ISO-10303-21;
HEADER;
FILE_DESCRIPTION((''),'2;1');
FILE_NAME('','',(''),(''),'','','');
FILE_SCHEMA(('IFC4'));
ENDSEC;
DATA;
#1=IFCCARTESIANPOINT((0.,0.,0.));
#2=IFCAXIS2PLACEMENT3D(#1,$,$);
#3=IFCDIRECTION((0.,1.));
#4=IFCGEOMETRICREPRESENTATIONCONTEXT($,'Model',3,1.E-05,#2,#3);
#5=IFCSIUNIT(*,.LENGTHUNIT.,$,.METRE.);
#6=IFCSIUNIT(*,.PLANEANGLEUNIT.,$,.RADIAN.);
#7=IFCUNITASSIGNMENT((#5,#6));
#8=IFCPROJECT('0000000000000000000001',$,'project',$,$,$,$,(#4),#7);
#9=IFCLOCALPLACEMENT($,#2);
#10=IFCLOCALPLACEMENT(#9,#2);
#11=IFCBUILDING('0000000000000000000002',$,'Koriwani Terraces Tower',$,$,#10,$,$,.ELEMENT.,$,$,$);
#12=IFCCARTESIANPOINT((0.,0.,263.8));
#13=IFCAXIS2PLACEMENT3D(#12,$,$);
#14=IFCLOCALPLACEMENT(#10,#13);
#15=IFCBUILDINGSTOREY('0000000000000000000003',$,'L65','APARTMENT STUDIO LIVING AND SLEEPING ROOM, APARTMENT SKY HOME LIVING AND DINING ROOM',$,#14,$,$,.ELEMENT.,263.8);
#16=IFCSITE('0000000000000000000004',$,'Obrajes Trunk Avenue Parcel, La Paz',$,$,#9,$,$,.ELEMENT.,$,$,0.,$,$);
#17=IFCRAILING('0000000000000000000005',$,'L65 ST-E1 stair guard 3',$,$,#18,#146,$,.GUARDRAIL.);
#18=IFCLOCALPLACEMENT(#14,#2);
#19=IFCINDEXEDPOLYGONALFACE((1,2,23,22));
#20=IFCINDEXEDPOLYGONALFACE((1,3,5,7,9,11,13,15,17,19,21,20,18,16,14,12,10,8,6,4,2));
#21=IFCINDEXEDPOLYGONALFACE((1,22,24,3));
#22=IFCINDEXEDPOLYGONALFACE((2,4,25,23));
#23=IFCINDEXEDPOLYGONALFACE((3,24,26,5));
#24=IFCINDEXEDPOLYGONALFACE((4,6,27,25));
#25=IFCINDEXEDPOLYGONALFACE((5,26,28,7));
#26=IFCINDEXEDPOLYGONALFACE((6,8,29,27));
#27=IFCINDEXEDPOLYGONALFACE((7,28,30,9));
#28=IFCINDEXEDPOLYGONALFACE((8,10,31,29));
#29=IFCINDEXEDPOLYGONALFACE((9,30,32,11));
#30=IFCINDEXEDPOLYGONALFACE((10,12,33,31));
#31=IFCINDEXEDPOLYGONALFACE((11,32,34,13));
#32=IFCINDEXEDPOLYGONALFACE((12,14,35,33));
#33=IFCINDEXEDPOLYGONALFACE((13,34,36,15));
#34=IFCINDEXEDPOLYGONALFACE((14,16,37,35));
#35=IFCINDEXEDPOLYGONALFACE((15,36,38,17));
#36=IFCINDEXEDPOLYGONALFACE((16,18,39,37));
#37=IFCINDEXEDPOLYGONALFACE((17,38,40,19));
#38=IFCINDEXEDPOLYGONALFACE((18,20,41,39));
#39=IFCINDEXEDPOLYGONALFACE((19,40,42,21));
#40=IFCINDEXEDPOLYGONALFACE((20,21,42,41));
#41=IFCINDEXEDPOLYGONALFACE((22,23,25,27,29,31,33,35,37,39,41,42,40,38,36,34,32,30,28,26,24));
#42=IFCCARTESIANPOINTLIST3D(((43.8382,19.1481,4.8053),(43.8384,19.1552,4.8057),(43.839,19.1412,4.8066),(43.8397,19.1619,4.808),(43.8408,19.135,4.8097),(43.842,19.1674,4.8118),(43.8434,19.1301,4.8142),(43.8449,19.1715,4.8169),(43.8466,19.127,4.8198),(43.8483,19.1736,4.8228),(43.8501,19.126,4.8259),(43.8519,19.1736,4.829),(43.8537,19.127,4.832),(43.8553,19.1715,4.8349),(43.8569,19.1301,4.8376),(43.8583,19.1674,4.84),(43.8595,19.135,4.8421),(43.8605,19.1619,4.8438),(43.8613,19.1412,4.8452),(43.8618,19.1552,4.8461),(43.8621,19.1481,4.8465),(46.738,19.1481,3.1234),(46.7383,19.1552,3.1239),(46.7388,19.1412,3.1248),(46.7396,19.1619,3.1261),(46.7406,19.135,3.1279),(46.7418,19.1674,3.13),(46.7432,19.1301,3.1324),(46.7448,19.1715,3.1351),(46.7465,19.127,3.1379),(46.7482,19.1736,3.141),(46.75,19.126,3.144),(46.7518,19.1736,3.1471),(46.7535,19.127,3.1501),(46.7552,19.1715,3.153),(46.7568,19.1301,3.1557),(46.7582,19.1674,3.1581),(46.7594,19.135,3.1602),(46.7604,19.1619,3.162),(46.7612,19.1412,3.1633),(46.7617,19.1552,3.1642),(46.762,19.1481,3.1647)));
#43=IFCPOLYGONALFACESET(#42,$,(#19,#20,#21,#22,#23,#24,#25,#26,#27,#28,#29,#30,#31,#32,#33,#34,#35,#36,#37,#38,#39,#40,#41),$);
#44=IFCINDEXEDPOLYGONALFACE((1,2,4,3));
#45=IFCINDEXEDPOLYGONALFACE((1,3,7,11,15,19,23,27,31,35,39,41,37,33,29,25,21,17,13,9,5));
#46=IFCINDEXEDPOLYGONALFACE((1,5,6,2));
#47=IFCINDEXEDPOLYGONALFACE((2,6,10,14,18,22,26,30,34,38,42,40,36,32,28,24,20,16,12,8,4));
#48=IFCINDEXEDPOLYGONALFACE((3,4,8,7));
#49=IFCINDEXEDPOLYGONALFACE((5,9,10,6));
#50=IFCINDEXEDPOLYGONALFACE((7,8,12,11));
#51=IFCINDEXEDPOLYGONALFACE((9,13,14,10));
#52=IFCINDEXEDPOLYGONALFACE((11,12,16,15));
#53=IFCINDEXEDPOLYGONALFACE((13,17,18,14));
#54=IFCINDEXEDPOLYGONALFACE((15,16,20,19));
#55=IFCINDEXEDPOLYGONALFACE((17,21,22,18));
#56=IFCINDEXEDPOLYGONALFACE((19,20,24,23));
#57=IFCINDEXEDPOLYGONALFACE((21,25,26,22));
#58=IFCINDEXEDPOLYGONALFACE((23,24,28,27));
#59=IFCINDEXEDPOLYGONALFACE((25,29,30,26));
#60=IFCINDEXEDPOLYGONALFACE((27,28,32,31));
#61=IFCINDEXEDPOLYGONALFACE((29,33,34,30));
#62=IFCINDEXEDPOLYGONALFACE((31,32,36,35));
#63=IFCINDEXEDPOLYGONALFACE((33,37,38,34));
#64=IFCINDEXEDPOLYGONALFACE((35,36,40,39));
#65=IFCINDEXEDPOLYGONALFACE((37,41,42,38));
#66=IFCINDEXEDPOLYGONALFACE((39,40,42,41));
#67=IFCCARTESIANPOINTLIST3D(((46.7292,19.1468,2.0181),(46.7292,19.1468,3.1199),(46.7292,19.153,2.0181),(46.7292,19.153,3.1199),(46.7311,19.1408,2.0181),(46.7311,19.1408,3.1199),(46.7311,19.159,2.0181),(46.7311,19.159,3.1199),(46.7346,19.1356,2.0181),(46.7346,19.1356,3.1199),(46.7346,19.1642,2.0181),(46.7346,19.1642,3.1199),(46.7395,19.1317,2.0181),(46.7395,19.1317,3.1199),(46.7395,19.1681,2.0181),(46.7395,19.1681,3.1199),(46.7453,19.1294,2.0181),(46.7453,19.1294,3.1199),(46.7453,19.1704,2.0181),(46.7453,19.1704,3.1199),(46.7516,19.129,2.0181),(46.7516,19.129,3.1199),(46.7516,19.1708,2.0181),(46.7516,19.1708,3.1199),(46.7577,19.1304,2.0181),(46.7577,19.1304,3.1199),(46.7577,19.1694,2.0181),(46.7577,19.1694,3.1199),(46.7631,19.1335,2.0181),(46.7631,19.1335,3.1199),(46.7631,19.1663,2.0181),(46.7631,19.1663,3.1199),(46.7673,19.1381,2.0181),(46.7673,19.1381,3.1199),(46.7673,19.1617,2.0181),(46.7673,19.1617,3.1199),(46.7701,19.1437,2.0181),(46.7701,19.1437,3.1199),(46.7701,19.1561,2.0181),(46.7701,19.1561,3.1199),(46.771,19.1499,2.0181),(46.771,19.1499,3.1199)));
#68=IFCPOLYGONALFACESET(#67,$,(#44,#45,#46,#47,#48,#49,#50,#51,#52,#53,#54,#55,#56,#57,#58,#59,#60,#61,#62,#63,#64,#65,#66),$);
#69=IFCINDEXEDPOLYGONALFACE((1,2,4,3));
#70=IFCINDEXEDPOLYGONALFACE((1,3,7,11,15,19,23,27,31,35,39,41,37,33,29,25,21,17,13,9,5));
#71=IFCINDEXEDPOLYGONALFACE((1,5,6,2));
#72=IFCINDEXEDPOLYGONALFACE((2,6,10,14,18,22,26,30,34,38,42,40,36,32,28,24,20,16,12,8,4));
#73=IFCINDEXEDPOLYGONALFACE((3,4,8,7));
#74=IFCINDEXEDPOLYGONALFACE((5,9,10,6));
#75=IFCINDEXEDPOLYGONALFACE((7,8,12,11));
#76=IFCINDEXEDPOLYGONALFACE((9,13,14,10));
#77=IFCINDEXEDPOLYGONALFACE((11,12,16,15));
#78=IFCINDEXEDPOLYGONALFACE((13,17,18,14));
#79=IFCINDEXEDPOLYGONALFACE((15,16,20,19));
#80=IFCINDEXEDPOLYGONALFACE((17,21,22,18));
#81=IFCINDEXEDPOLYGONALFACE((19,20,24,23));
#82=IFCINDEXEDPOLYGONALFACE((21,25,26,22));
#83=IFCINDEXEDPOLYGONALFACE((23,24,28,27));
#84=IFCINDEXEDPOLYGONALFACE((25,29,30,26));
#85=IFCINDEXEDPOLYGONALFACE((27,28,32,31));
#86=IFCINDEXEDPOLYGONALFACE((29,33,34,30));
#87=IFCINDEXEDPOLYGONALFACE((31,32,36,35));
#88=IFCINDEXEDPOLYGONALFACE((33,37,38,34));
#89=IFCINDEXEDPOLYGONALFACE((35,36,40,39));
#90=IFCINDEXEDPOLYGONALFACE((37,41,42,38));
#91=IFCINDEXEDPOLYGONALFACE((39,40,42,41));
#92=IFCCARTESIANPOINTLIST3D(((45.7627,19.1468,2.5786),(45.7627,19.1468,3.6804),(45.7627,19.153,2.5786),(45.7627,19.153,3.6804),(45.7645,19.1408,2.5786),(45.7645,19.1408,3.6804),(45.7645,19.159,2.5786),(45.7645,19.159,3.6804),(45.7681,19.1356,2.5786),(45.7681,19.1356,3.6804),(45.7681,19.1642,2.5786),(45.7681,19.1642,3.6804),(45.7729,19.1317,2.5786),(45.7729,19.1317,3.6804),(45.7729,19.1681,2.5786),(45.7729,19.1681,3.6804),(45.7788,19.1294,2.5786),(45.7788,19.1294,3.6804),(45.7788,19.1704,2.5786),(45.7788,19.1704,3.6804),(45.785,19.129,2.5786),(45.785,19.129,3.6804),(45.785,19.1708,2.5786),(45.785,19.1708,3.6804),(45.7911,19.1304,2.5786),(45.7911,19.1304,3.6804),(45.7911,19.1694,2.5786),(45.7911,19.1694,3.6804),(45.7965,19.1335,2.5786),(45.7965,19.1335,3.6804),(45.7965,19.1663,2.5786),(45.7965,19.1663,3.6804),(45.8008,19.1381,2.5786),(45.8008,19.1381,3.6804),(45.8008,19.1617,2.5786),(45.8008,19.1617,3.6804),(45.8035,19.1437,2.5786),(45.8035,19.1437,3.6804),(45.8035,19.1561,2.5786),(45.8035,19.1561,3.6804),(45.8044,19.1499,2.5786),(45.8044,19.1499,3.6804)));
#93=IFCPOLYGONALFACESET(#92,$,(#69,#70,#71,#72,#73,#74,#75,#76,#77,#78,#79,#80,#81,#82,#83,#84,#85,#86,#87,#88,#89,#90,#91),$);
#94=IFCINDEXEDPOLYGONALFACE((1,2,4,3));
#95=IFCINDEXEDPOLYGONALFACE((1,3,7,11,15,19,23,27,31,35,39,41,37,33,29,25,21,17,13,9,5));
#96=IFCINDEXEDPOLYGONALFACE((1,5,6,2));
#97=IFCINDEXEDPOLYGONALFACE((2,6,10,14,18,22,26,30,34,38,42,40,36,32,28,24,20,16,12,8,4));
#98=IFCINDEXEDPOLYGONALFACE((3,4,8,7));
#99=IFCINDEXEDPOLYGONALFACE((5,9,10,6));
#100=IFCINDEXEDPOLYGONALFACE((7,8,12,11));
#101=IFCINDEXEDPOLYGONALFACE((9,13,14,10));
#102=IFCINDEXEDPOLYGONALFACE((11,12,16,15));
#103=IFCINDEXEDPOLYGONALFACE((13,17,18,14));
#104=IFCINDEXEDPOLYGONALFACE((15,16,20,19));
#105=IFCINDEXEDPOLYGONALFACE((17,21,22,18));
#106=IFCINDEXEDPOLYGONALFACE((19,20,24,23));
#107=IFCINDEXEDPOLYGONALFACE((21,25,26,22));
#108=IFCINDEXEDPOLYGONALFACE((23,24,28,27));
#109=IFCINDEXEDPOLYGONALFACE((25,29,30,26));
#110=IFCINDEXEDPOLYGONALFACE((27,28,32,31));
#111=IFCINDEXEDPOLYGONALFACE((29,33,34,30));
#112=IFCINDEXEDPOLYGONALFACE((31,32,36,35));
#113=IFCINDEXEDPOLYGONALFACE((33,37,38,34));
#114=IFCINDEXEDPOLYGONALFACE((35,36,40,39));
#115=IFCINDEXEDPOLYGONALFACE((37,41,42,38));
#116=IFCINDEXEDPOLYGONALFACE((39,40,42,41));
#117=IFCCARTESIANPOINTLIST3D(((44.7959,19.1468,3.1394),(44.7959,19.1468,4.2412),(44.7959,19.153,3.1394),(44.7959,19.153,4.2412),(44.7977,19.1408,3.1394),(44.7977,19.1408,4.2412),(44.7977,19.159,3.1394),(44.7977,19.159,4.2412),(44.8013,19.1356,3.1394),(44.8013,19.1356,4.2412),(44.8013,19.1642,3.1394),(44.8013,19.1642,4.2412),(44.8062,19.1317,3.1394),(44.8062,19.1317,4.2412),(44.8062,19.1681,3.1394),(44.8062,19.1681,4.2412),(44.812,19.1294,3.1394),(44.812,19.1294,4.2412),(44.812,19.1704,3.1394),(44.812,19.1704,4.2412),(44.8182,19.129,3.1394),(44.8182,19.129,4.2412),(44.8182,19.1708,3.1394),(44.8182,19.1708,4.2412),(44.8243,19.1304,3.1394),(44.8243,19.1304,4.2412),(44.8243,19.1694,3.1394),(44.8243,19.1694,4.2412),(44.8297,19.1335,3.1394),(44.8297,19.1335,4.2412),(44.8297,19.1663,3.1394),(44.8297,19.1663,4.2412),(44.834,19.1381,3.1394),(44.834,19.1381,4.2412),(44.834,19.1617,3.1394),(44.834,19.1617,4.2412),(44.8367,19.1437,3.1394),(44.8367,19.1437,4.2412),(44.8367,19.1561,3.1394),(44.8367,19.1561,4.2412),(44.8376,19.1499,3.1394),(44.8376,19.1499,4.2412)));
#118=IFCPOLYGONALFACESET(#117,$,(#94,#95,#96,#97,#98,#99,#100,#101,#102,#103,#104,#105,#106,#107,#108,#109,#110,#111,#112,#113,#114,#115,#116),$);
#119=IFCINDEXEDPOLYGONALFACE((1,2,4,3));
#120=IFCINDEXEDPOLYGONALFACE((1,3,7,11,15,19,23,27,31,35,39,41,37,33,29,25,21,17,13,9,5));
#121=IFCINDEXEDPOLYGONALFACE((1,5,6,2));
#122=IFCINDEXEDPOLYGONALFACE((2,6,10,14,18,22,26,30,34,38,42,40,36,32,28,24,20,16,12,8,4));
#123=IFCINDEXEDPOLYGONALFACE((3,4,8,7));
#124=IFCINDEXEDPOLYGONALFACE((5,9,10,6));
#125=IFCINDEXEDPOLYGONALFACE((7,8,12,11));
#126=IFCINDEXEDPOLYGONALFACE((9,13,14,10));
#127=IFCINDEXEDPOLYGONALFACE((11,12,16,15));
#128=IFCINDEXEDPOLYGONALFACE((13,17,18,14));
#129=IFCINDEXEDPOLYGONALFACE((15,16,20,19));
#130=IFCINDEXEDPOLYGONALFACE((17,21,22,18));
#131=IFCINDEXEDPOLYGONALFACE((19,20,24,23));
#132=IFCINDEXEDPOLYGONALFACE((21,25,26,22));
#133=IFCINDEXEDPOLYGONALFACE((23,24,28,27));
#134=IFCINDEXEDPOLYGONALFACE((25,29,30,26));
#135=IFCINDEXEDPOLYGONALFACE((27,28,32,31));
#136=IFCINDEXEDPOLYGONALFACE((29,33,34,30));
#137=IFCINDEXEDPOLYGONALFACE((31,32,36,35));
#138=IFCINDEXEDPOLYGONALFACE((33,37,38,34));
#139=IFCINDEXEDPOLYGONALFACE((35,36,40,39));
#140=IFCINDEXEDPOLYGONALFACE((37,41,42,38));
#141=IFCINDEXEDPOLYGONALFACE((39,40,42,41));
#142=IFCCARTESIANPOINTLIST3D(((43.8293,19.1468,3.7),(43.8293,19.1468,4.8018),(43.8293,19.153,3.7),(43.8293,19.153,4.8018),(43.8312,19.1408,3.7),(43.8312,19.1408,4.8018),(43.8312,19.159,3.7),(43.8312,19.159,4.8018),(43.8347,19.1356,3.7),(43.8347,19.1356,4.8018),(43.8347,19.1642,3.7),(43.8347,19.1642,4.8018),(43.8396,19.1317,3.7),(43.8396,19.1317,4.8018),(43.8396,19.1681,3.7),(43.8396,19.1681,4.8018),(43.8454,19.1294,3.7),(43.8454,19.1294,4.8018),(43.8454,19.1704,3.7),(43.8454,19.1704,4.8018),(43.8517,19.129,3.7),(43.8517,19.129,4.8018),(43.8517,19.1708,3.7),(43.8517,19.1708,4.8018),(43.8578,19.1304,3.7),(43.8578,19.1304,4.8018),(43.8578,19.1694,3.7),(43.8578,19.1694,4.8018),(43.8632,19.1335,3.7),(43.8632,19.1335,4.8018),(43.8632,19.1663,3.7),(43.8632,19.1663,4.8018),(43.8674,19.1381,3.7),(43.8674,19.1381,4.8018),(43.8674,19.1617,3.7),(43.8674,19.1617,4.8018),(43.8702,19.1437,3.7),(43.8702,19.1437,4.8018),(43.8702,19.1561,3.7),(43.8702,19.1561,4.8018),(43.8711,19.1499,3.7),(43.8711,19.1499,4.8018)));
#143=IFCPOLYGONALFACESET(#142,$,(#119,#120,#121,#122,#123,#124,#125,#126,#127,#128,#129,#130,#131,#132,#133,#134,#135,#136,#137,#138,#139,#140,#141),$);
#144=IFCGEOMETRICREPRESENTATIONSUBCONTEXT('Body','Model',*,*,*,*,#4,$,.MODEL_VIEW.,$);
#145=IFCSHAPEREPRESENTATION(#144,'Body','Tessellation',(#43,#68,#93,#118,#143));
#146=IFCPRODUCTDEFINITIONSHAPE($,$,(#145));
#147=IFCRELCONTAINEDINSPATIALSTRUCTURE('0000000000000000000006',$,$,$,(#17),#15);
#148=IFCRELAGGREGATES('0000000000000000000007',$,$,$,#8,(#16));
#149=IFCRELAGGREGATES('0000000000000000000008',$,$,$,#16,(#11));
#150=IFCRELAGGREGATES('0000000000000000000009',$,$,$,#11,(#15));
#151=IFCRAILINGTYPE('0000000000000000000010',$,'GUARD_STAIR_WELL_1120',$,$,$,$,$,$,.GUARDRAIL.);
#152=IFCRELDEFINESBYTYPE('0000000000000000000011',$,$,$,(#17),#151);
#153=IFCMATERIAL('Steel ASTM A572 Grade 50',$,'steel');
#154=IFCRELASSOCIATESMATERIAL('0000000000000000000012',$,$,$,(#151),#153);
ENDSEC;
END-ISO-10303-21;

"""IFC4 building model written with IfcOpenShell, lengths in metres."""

from ifc_helpers import new_model, si_unit, direction, frame, origin, origin_2d, place, context, subcontext, project, spatial, circle, extrude, material, type_object, element, save


model = new_model("IFC4")

# Units and contexts
model_context = context("Model", 3, precision=1e-05, world=origin(), true_north=direction((0.0, 1.0)))
body_context = subcontext(model_context, "Body", "Model", "MODEL_VIEW")
ifc_project = project(units=[si_unit("LENGTHUNIT", "METRE"), si_unit("PLANEANGLEUNIT", "RADIAN")], contexts=[model_context])

# Site, building, storey
site_placement = place(None, origin())
site = spatial("IfcSite", under=ifc_project, at=site_placement, Name="Obrajes Trunk Avenue Parcel, La Paz", CompositionType="ELEMENT", RefElevation=0.0)
building_placement = place(site_placement, origin())
building = spatial("IfcBuilding", under=site, at=building_placement, Name="Koriwani Terraces Tower", CompositionType="ELEMENT")
storey_placement = place(building_placement, frame((0.0, 0.0, 263.8)))
storey = spatial("IfcBuildingStorey", under=building, at=storey_placement, Name="L65", Description="APARTMENT STUDIO LIVING AND SLEEPING ROOM, APARTMENT SKY HOME LIVING AND DINING ROOM", CompositionType="ELEMENT", Elevation=263.8)

# Shared definitions
ifc_material_1 = material(Name="Steel ASTM A572 Grade 50", Category="steel")

# Railing
railing_type_1 = type_object("IfcRailingType", Name="GUARD_STAIR_WELL_1120", PredefinedType="GUARDRAIL", material=ifc_material_1)
railing_1_placement = place(storey_placement, frame((46.75, 19.1499, 2.0181)))
element("IfcRailing", 1, at=railing_1_placement, inside=storey, type_object=railing_type_1, Name="L65 ST-E1 stair guard 3", PredefinedType="GUARDRAIL", context=body_context, shape_type="SweptSolid", body=[
    extrude(circle(Radius=0.0239, at=origin_2d()), frame((0.0, 0.0, 1.126), z_axis=(-0.865039, 0.0, 0.501705), x_axis=(0.0, -1.0, 0.0)), (0.0, 0.0, 1.0), 3.3523),
    extrude(circle(Radius=0.021, at=origin_2d()), origin(), (0.0, 0.0, 1.0), 1.1018),
    extrude(circle(Radius=0.021, at=origin_2d()), frame((-0.9666, 0.0, 0.5605)), (0.0, 0.0, 1.0), 1.1018),
    extrude(circle(Radius=0.021, at=origin_2d()), frame((-1.9333, 0.0, 1.1213)), (0.0, 0.0, 1.0), 1.1018),
    extrude(circle(Radius=0.021, at=origin_2d()), frame((-2.8999, 0.0, 1.6819)), (0.0, 0.0, 1.0), 1.1018),
])

save(model, "model.ifc")
